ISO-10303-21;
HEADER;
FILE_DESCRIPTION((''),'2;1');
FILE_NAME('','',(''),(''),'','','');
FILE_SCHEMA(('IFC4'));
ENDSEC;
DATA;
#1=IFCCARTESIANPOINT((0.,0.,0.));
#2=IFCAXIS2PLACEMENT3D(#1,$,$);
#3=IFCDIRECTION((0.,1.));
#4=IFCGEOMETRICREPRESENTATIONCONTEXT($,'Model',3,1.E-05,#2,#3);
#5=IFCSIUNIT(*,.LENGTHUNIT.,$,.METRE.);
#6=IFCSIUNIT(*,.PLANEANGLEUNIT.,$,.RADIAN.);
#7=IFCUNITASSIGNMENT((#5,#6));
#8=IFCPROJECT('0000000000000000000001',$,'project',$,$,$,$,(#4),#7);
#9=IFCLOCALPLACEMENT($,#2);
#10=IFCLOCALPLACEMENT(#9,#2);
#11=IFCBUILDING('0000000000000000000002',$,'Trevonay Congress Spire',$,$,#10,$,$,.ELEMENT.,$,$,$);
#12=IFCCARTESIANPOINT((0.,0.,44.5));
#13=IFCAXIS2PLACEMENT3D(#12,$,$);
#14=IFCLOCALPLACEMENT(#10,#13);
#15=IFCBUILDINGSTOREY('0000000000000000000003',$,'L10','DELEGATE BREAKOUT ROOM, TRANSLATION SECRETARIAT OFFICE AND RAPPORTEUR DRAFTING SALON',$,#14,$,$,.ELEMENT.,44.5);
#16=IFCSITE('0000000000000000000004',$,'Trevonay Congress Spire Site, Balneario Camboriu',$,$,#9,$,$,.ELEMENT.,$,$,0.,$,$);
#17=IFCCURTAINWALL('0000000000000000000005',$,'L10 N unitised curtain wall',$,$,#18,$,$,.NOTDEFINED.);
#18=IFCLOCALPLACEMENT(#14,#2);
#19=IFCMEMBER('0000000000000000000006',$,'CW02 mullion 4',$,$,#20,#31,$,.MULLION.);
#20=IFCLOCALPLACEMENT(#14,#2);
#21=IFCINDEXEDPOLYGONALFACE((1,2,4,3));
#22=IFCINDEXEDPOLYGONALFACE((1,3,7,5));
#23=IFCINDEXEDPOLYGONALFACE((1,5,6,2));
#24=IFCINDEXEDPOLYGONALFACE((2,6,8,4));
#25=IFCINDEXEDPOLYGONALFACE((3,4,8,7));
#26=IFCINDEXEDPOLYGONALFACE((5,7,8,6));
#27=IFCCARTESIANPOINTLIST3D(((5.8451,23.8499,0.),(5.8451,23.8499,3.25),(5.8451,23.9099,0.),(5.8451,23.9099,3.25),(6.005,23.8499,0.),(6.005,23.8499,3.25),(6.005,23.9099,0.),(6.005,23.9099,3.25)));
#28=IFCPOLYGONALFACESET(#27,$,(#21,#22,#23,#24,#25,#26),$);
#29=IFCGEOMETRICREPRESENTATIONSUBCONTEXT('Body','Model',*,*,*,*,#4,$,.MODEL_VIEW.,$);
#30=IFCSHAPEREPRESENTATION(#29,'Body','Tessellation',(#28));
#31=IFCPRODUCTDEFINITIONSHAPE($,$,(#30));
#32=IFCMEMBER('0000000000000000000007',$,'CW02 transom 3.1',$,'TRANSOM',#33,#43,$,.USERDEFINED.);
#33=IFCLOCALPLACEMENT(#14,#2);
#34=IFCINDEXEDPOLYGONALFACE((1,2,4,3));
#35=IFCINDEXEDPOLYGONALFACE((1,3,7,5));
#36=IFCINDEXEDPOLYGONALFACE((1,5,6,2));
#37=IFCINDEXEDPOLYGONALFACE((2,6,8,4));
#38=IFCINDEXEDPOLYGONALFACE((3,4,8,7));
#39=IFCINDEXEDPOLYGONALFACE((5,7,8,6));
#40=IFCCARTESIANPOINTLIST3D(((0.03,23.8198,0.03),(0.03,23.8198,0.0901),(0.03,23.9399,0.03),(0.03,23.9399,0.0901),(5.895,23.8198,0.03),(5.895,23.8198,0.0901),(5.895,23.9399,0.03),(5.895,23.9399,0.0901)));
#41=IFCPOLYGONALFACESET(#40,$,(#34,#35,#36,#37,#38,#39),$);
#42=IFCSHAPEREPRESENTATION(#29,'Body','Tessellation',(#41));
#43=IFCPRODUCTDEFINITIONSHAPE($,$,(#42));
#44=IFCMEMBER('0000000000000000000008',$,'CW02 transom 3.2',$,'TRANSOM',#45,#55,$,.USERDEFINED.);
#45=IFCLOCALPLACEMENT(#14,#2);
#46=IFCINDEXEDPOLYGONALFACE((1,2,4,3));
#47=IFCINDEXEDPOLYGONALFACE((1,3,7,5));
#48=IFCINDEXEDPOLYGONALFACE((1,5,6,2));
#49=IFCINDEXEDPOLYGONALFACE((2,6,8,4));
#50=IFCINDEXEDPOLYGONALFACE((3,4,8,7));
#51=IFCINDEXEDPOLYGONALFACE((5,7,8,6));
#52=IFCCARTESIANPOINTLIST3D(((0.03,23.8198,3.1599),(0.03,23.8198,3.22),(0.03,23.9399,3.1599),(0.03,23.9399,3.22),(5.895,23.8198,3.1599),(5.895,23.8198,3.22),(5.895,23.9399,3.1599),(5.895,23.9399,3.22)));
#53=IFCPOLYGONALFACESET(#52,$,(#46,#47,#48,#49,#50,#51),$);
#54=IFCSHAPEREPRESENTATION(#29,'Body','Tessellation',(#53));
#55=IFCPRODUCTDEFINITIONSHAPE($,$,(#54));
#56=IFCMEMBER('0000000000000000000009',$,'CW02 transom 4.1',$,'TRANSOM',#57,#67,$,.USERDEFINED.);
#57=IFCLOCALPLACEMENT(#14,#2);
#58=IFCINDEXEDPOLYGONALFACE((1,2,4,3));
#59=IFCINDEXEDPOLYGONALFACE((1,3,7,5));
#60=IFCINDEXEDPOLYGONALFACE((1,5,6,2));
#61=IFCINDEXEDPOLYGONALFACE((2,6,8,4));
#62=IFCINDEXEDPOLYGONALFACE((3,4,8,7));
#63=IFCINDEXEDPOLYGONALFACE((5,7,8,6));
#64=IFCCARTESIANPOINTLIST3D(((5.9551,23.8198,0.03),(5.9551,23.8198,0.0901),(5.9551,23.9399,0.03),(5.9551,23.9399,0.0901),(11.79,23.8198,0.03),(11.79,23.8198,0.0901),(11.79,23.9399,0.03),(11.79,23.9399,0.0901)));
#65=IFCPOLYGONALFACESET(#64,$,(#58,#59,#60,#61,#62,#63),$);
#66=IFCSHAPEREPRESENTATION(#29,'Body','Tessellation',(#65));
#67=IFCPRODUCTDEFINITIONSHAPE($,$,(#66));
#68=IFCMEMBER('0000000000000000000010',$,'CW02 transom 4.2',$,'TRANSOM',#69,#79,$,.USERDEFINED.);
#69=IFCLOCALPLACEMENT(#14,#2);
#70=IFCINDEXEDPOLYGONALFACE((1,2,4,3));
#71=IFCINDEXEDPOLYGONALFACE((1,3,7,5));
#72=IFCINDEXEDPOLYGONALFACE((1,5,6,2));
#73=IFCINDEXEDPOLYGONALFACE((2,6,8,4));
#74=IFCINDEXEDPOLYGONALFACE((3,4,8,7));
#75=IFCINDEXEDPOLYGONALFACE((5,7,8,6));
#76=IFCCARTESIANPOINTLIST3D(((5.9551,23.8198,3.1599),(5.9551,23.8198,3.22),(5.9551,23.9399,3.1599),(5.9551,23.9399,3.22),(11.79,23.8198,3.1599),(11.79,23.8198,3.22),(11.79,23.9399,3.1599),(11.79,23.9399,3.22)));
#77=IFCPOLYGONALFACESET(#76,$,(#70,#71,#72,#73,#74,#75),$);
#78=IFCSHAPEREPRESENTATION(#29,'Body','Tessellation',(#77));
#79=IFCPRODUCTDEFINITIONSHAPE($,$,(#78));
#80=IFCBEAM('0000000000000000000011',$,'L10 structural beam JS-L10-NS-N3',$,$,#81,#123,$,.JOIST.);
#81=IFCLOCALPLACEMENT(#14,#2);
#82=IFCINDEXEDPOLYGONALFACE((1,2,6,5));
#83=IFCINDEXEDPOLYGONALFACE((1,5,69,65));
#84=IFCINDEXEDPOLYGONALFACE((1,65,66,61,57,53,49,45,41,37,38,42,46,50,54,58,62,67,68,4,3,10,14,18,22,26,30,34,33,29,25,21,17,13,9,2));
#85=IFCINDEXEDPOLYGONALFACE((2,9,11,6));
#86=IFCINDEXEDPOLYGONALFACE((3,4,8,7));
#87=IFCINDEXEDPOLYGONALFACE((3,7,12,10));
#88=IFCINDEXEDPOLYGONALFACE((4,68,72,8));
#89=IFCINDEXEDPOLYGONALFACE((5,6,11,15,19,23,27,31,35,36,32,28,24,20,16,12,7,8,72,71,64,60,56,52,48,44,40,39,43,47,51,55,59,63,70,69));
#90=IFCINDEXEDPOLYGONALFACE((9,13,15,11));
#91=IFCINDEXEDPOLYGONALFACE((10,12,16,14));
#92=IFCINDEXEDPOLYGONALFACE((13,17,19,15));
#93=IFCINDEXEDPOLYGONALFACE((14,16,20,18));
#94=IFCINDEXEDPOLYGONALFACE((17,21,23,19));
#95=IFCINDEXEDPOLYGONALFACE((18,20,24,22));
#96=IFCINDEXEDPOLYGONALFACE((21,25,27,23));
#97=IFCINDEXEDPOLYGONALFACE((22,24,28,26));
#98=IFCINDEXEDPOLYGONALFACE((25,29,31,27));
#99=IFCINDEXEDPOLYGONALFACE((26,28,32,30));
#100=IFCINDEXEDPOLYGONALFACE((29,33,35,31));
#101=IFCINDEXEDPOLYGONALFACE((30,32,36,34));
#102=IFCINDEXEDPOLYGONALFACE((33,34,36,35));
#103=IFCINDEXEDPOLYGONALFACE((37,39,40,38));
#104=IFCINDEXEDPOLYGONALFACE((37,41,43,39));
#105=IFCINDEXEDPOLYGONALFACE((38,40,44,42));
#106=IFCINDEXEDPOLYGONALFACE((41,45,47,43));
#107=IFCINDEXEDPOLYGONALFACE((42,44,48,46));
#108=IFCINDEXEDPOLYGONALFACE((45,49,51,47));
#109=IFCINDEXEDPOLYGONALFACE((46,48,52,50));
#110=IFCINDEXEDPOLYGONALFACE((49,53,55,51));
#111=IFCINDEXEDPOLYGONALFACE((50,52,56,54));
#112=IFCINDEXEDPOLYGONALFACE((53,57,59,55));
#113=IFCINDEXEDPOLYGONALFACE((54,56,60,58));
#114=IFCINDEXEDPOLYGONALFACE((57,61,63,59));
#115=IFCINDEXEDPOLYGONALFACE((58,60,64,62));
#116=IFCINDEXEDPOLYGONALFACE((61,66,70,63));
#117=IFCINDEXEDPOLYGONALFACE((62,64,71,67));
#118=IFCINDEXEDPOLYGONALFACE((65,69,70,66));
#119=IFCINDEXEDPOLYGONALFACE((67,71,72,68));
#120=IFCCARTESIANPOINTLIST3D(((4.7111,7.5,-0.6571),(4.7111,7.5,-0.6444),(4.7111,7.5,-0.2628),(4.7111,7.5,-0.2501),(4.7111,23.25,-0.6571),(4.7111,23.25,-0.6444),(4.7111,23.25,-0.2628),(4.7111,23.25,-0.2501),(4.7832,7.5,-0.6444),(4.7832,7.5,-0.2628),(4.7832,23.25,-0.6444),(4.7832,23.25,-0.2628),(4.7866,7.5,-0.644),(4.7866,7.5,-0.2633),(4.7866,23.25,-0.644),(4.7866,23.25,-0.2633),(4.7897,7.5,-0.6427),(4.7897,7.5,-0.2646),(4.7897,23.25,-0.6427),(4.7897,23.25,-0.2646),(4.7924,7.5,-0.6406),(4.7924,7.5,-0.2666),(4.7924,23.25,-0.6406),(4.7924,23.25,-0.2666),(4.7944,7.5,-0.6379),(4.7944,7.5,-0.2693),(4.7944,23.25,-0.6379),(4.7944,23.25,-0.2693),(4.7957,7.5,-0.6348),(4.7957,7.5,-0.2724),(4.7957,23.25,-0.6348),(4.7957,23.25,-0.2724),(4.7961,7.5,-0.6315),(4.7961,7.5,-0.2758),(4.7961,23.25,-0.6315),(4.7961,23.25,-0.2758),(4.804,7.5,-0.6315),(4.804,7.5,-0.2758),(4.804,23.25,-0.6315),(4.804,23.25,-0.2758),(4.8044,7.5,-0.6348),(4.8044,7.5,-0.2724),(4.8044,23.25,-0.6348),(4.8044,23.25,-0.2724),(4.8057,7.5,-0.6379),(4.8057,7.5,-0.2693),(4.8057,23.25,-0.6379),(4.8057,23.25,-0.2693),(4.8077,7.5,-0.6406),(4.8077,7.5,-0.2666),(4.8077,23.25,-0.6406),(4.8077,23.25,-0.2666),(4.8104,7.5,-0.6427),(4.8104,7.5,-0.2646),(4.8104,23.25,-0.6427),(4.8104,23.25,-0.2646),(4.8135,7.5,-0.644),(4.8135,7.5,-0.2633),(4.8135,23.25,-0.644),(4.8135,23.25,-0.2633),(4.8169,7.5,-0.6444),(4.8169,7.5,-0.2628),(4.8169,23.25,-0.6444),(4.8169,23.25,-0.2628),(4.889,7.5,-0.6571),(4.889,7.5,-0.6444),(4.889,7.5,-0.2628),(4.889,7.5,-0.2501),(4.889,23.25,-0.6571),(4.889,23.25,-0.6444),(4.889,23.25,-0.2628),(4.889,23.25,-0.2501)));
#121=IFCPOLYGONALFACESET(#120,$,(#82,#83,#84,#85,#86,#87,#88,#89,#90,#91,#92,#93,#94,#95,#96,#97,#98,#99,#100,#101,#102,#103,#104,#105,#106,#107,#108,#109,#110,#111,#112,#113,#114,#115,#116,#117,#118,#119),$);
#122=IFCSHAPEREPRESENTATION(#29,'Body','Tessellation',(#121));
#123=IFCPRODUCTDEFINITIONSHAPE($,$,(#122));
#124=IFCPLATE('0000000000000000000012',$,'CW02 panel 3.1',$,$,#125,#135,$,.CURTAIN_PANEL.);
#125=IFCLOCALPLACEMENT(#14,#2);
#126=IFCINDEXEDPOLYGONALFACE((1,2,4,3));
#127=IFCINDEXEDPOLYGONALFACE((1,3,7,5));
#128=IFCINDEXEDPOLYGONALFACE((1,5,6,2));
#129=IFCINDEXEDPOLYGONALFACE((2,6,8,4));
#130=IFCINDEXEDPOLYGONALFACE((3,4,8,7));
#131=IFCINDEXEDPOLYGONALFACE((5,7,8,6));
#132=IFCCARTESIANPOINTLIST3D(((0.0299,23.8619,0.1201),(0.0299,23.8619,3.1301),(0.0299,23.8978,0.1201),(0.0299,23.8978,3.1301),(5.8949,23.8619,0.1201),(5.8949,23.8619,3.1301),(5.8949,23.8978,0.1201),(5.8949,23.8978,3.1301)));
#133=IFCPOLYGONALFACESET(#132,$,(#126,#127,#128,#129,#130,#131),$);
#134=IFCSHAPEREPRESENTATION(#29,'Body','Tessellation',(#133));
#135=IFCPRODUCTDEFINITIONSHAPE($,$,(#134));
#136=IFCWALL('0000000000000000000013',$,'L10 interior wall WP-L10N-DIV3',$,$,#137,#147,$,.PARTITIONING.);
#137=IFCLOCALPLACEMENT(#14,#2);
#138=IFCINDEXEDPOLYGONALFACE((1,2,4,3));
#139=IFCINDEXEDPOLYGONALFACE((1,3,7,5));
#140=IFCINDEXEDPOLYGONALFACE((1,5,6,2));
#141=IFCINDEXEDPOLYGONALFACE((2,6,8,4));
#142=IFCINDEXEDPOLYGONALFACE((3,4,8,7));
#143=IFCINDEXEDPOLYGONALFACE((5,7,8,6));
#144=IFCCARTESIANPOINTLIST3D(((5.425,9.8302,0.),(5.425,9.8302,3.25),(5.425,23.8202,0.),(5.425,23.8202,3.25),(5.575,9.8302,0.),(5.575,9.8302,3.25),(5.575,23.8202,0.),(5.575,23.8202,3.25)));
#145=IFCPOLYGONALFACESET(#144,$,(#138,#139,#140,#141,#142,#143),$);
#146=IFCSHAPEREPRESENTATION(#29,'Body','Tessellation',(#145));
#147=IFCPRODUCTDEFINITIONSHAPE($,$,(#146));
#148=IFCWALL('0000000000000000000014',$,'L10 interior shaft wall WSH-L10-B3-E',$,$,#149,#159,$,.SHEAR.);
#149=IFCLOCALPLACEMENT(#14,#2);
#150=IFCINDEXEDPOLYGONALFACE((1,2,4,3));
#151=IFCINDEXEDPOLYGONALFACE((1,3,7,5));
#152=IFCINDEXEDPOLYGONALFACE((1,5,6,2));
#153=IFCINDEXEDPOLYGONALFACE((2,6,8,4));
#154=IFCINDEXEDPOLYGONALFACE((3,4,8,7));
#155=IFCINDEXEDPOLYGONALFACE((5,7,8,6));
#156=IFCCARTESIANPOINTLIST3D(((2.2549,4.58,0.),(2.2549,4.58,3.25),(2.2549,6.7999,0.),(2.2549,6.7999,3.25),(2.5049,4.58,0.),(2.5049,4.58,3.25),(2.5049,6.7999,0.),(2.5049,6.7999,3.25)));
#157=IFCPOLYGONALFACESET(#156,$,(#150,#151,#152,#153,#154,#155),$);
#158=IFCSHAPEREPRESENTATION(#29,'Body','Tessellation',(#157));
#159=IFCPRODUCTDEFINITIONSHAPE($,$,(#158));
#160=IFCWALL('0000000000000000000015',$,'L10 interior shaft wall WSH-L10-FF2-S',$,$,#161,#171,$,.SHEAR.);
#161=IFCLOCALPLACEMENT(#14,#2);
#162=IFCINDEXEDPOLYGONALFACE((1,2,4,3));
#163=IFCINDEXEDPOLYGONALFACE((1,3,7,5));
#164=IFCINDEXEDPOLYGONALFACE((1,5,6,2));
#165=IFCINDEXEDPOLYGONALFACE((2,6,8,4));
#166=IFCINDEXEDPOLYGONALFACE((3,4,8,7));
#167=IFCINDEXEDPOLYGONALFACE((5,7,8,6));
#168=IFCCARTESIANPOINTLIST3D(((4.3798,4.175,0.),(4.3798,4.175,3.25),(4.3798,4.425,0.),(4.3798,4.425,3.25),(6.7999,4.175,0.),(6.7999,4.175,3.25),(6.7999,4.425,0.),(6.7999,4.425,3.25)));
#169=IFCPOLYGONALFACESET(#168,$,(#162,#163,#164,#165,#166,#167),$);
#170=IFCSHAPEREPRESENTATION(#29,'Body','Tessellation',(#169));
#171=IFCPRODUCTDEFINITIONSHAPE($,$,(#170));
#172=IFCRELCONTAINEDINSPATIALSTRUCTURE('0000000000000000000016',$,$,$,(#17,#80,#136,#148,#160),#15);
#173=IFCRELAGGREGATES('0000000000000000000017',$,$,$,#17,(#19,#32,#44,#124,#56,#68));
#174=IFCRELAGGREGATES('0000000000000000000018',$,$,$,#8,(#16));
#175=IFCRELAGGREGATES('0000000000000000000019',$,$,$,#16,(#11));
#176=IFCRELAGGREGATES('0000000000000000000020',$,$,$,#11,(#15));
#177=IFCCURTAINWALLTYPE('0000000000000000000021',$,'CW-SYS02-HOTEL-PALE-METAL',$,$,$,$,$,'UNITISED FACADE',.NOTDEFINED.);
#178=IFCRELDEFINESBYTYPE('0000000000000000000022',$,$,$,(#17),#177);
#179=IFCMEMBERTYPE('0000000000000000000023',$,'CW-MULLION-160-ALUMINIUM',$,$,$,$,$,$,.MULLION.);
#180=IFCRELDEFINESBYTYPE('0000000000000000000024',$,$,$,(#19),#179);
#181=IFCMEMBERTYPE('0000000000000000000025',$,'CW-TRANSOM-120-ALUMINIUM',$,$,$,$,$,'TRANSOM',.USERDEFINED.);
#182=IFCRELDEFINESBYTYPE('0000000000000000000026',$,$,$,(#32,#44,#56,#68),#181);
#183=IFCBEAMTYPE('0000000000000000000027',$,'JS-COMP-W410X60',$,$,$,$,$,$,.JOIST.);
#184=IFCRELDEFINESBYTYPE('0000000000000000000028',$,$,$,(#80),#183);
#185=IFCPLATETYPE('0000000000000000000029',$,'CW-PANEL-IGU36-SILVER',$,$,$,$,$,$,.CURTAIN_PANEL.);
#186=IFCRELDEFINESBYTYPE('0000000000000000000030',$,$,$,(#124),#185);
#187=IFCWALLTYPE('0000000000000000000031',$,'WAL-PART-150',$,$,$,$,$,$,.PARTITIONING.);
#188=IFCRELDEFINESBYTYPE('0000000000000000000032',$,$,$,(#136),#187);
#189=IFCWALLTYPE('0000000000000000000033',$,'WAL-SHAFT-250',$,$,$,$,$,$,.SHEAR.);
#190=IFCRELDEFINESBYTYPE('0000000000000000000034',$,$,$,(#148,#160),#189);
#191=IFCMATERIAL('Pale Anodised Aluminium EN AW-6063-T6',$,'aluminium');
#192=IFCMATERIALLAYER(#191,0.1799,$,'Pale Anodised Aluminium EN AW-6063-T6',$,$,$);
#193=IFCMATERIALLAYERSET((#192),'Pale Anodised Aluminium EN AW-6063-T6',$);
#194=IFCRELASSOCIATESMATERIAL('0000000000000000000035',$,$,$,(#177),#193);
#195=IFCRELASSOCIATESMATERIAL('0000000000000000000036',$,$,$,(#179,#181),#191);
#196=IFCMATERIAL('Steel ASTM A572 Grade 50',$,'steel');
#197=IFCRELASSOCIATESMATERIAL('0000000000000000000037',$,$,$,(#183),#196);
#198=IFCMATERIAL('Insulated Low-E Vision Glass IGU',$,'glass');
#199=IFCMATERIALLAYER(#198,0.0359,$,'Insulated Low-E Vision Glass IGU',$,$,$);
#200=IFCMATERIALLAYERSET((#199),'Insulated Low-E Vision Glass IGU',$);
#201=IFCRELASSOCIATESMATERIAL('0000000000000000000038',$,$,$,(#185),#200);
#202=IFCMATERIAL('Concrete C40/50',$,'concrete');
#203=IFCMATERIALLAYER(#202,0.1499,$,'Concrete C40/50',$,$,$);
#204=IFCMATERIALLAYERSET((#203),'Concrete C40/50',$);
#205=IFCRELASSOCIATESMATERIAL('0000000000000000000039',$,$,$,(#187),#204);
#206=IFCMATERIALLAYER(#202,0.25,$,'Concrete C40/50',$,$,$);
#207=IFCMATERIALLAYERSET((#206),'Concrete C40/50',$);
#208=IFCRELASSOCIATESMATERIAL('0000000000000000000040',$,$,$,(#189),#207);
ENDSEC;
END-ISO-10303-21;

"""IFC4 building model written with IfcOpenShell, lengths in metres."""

from ifc_helpers import new_model, si_unit, direction, frame, frame_2d, origin, origin_2d, place, context, subcontext, project, spatial, rectangle, i_section, extrude, material, layer, layer_set, material_profile, profile_set, type_object, element, aggregate, save


model = new_model("IFC4")

# Units and contexts
model_context = context("Model", 3, precision=1e-05, world=origin(), true_north=direction((0.0, 1.0)))
body_context = subcontext(model_context, "Body", "Model", "MODEL_VIEW")
ifc_project = project(units=[si_unit("LENGTHUNIT", "METRE"), si_unit("PLANEANGLEUNIT", "RADIAN")], contexts=[model_context])

# Site, building, storey
site_placement = place(None, origin())
site = spatial("IfcSite", under=ifc_project, at=site_placement, Name="Trevonay Congress Spire Site, Balneario Camboriu", CompositionType="ELEMENT", RefElevation=0.0)
building_placement = place(site_placement, origin())
building = spatial("IfcBuilding", under=site, at=building_placement, Name="Trevonay Congress Spire", CompositionType="ELEMENT")
storey_placement = place(building_placement, frame((0.0, 0.0, 44.5)))
storey = spatial("IfcBuildingStorey", under=building, at=storey_placement, Name="L10", Description="DELEGATE BREAKOUT ROOM, TRANSLATION SECRETARIAT OFFICE AND RAPPORTEUR DRAFTING SALON", CompositionType="ELEMENT", Elevation=44.5)

# Shared definitions
ifc_material_1 = material(Name="Steel ASTM A572 Grade 50", Category="steel")

# Curtain wall, members
ifc_material_2 = material(Name="Pale Anodised Aluminium EN AW-6063-T6", Category="aluminium")
ifc_layer_1 = layer(ifc_material_2, 0.1799, Name="Pale Anodised Aluminium EN AW-6063-T6")
ifc_layer_set_1 = layer_set([ifc_layer_1], Name="Pale Anodised Aluminium EN AW-6063-T6")
curtain_wall_type = type_object("IfcCurtainWallType", Name="CW-SYS02-HOTEL-PALE-METAL", ElementType="UNITISED FACADE", PredefinedType="NOTDEFINED", material=ifc_layer_set_1)
curtain_wall_placement = place(storey_placement, origin())
curtain_wall = element("IfcCurtainWall", 1, at=curtain_wall_placement, inside=storey, type_object=curtain_wall_type, Name="L10 N unitised curtain wall", PredefinedType="NOTDEFINED")
ifc_material_profile_1 = material_profile(ifc_material_2, rectangle(XDim=0.0601, YDim=0.1599, at=origin_2d()), Name="CW-MULLION-160-ALUMINIUM")
ifc_profile_set_1 = profile_set([ifc_material_profile_1], Name="Pale Anodised Aluminium EN AW-6063-T6")
member_type_1 = type_object("IfcMemberType", Name="CW-MULLION-160-ALUMINIUM", PredefinedType="MULLION", material=ifc_profile_set_1)
member_1_placement = place(storey_placement, frame((5.925, 23.8799, 0.0), z_axis=(0.0, 0.0, 1.0), x_axis=(0.0, 1.0, 0.0)))
member_1 = element("IfcMember", 2, at=member_1_placement, type_object=member_type_1, Name="CW02 mullion 4", PredefinedType="MULLION", context=body_context, shape_type="SweptSolid", body=[
    extrude(rectangle(XDim=0.0601, YDim=0.1599, at=origin_2d()), origin(), (0.0, 0.0, 1.0), 3.25),
])
ifc_material_profile_2 = material_profile(ifc_material_2, rectangle(XDim=0.1201, YDim=0.0601, at=origin_2d()), Name="CW-TRANSOM-120-ALUMINIUM")
ifc_profile_set_2 = profile_set([ifc_material_profile_2], Name="Pale Anodised Aluminium EN AW-6063-T6")
member_type_2 = type_object("IfcMemberType", Name="CW-TRANSOM-120-ALUMINIUM", ElementType="TRANSOM", PredefinedType="USERDEFINED", material=ifc_profile_set_2)
member_2_placement = place(storey_placement, frame((0.03, 23.8799, 0.0601), z_axis=(1.0, 0.0, 0.0), x_axis=(0.0, 1.0, 0.0)))
member_2 = element("IfcMember", 3, at=member_2_placement, type_object=member_type_2, Name="CW02 transom 3.1", ObjectType="TRANSOM", PredefinedType="USERDEFINED", context=body_context, shape_type="SweptSolid", body=[
    extrude(rectangle(XDim=0.1201, YDim=0.0601, at=origin_2d()), origin(), (0.0, 0.0, 1.0), 5.865),
])
member_3_placement = place(storey_placement, frame((0.03, 23.8799, 3.1899), z_axis=(1.0, 0.0, 0.0), x_axis=(0.0, 1.0, 0.0)))
member_3 = element("IfcMember", 4, at=member_3_placement, type_object=member_type_2, Name="CW02 transom 3.2", ObjectType="TRANSOM", PredefinedType="USERDEFINED", context=body_context, shape_type="SweptSolid", body=[
    extrude(rectangle(XDim=0.1201, YDim=0.0601, at=origin_2d()), origin(), (0.0, 0.0, 1.0), 5.865),
])
member_4_placement = place(storey_placement, frame((5.9551, 23.8799, 0.0601), z_axis=(1.0, 0.0, 0.0), x_axis=(0.0, 1.0, 0.0)))
member_4 = element("IfcMember", 5, at=member_4_placement, type_object=member_type_2, Name="CW02 transom 4.1", ObjectType="TRANSOM", PredefinedType="USERDEFINED", context=body_context, shape_type="SweptSolid", body=[
    extrude(rectangle(XDim=0.1201, YDim=0.0601, at=origin_2d()), origin(), (0.0, 0.0, 1.0), 5.835),
])
member_5_placement = place(storey_placement, frame((5.9551, 23.8799, 3.1899), z_axis=(1.0, 0.0, 0.0), x_axis=(0.0, 1.0, 0.0)))
member_5 = element("IfcMember", 6, at=member_5_placement, type_object=member_type_2, Name="CW02 transom 4.2", ObjectType="TRANSOM", PredefinedType="USERDEFINED", context=body_context, shape_type="SweptSolid", body=[
    extrude(rectangle(XDim=0.1201, YDim=0.0601, at=origin_2d()), origin(), (0.0, 0.0, 1.0), 5.835),
])

# Beam
ifc_material_profile_3 = material_profile(ifc_material_1, i_section(OverallWidth=0.178, OverallDepth=0.407, WebThickness=0.0078, FlangeThickness=0.0127, FilletRadius=0.0129, at=origin_2d()), Name="W410x60")
ifc_profile_set_3 = profile_set([ifc_material_profile_3], Name="Steel ASTM A572 Grade 50")
beam_type_1 = type_object("IfcBeamType", Name="JS-COMP-W410X60", PredefinedType="JOIST", material=ifc_profile_set_3)
beam_1_placement = place(storey_placement, frame((4.8, 7.5, -0.4536), z_axis=(0.0, 1.0, 0.0), x_axis=(-1.0, 0.0, 0.0)))
element("IfcBeam", 7, at=beam_1_placement, inside=storey, type_object=beam_type_1, Name="L10 structural beam JS-L10-NS-N3", PredefinedType="JOIST", context=body_context, shape_type="SweptSolid", body=[
    extrude(i_section(OverallWidth=0.178, OverallDepth=0.407, WebThickness=0.0078, FlangeThickness=0.0127, FilletRadius=0.0129, at=origin_2d()), origin(), (0.0, 0.0, 1.0), 15.75),
])

# Plate
ifc_material_3 = material(Name="Insulated Low-E Vision Glass IGU", Category="glass")
ifc_layer_2 = layer(ifc_material_3, 0.0359, Name="Insulated Low-E Vision Glass IGU")
ifc_layer_set_2 = layer_set([ifc_layer_2], Name="Insulated Low-E Vision Glass IGU")
plate_type = type_object("IfcPlateType", Name="CW-PANEL-IGU36-SILVER", PredefinedType="CURTAIN_PANEL", material=ifc_layer_set_2)
plate_placement = place(storey_placement, frame((2.9624, 23.8799, 0.1201), z_axis=(0.0, 0.0, 1.0), x_axis=(1.0, 0.0, 0.0)))
plate = element("IfcPlate", 8, at=plate_placement, type_object=plate_type, Name="CW02 panel 3.1", PredefinedType="CURTAIN_PANEL", context=body_context, shape_type="SweptSolid", body=[
    extrude(rectangle(XDim=5.865, YDim=0.0359, at=origin_2d()), origin(), (0.0, 0.0, 1.0), 3.01),
])
aggregate(curtain_wall, [member_1, member_2, member_3, plate, member_4, member_5])

# Walls
ifc_material_4 = material(Name="Concrete C40/50", Category="concrete")
ifc_layer_3 = layer(ifc_material_4, 0.1499, Name="Concrete C40/50")
ifc_layer_set_3 = layer_set([ifc_layer_3], Name="Concrete C40/50")
wall_type_1 = type_object("IfcWallType", Name="WAL-PART-150", PredefinedType="PARTITIONING", material=ifc_layer_set_3)
wall_1_placement = place(storey_placement, frame((5.5, 9.8301, 0.0), z_axis=(0.0, 0.0, 1.0), x_axis=(0.0, 1.0, 0.0)))
element("IfcWall", 9, at=wall_1_placement, inside=storey, type_object=wall_type_1, Name="L10 interior wall WP-L10N-DIV3", PredefinedType="PARTITIONING", context=body_context, shape_type="SweptSolid", body=[
    extrude(rectangle(XDim=13.99, YDim=0.1499, at=frame_2d((6.9951, 0.0))), origin(), (0.0, 0.0, 1.0), 3.25),
])
ifc_layer_4 = layer(ifc_material_4, 0.25, Name="Concrete C40/50")
ifc_layer_set_4 = layer_set([ifc_layer_4], Name="Concrete C40/50")
wall_type_2 = type_object("IfcWallType", Name="WAL-SHAFT-250", PredefinedType="SHEAR", material=ifc_layer_set_4)
wall_2_placement = place(storey_placement, frame((2.3799, 4.5801, 0.0), z_axis=(0.0, 0.0, 1.0), x_axis=(0.0, 1.0, 0.0)))
element("IfcWall", 10, at=wall_2_placement, inside=storey, type_object=wall_type_2, Name="L10 interior shaft wall WSH-L10-B3-E", PredefinedType="SHEAR", context=body_context, shape_type="SweptSolid", body=[
    extrude(rectangle(XDim=2.22, YDim=0.25, at=frame_2d((1.1099, 0.0))), origin(), (0.0, 0.0, 1.0), 3.25),
])
wall_3_placement = place(storey_placement, frame((4.3799, 4.3, 0.0), z_axis=(0.0, 0.0, 1.0), x_axis=(1.0, 0.0, 0.0)))
element("IfcWall", 11, at=wall_3_placement, inside=storey, type_object=wall_type_2, Name="L10 interior shaft wall WSH-L10-FF2-S", PredefinedType="SHEAR", context=body_context, shape_type="SweptSolid", body=[
    extrude(rectangle(XDim=2.4202, YDim=0.25, at=frame_2d((1.21, 0.0))), origin(), (0.0, 0.0, 1.0), 3.25),
])

save(model, "model.ifc")
